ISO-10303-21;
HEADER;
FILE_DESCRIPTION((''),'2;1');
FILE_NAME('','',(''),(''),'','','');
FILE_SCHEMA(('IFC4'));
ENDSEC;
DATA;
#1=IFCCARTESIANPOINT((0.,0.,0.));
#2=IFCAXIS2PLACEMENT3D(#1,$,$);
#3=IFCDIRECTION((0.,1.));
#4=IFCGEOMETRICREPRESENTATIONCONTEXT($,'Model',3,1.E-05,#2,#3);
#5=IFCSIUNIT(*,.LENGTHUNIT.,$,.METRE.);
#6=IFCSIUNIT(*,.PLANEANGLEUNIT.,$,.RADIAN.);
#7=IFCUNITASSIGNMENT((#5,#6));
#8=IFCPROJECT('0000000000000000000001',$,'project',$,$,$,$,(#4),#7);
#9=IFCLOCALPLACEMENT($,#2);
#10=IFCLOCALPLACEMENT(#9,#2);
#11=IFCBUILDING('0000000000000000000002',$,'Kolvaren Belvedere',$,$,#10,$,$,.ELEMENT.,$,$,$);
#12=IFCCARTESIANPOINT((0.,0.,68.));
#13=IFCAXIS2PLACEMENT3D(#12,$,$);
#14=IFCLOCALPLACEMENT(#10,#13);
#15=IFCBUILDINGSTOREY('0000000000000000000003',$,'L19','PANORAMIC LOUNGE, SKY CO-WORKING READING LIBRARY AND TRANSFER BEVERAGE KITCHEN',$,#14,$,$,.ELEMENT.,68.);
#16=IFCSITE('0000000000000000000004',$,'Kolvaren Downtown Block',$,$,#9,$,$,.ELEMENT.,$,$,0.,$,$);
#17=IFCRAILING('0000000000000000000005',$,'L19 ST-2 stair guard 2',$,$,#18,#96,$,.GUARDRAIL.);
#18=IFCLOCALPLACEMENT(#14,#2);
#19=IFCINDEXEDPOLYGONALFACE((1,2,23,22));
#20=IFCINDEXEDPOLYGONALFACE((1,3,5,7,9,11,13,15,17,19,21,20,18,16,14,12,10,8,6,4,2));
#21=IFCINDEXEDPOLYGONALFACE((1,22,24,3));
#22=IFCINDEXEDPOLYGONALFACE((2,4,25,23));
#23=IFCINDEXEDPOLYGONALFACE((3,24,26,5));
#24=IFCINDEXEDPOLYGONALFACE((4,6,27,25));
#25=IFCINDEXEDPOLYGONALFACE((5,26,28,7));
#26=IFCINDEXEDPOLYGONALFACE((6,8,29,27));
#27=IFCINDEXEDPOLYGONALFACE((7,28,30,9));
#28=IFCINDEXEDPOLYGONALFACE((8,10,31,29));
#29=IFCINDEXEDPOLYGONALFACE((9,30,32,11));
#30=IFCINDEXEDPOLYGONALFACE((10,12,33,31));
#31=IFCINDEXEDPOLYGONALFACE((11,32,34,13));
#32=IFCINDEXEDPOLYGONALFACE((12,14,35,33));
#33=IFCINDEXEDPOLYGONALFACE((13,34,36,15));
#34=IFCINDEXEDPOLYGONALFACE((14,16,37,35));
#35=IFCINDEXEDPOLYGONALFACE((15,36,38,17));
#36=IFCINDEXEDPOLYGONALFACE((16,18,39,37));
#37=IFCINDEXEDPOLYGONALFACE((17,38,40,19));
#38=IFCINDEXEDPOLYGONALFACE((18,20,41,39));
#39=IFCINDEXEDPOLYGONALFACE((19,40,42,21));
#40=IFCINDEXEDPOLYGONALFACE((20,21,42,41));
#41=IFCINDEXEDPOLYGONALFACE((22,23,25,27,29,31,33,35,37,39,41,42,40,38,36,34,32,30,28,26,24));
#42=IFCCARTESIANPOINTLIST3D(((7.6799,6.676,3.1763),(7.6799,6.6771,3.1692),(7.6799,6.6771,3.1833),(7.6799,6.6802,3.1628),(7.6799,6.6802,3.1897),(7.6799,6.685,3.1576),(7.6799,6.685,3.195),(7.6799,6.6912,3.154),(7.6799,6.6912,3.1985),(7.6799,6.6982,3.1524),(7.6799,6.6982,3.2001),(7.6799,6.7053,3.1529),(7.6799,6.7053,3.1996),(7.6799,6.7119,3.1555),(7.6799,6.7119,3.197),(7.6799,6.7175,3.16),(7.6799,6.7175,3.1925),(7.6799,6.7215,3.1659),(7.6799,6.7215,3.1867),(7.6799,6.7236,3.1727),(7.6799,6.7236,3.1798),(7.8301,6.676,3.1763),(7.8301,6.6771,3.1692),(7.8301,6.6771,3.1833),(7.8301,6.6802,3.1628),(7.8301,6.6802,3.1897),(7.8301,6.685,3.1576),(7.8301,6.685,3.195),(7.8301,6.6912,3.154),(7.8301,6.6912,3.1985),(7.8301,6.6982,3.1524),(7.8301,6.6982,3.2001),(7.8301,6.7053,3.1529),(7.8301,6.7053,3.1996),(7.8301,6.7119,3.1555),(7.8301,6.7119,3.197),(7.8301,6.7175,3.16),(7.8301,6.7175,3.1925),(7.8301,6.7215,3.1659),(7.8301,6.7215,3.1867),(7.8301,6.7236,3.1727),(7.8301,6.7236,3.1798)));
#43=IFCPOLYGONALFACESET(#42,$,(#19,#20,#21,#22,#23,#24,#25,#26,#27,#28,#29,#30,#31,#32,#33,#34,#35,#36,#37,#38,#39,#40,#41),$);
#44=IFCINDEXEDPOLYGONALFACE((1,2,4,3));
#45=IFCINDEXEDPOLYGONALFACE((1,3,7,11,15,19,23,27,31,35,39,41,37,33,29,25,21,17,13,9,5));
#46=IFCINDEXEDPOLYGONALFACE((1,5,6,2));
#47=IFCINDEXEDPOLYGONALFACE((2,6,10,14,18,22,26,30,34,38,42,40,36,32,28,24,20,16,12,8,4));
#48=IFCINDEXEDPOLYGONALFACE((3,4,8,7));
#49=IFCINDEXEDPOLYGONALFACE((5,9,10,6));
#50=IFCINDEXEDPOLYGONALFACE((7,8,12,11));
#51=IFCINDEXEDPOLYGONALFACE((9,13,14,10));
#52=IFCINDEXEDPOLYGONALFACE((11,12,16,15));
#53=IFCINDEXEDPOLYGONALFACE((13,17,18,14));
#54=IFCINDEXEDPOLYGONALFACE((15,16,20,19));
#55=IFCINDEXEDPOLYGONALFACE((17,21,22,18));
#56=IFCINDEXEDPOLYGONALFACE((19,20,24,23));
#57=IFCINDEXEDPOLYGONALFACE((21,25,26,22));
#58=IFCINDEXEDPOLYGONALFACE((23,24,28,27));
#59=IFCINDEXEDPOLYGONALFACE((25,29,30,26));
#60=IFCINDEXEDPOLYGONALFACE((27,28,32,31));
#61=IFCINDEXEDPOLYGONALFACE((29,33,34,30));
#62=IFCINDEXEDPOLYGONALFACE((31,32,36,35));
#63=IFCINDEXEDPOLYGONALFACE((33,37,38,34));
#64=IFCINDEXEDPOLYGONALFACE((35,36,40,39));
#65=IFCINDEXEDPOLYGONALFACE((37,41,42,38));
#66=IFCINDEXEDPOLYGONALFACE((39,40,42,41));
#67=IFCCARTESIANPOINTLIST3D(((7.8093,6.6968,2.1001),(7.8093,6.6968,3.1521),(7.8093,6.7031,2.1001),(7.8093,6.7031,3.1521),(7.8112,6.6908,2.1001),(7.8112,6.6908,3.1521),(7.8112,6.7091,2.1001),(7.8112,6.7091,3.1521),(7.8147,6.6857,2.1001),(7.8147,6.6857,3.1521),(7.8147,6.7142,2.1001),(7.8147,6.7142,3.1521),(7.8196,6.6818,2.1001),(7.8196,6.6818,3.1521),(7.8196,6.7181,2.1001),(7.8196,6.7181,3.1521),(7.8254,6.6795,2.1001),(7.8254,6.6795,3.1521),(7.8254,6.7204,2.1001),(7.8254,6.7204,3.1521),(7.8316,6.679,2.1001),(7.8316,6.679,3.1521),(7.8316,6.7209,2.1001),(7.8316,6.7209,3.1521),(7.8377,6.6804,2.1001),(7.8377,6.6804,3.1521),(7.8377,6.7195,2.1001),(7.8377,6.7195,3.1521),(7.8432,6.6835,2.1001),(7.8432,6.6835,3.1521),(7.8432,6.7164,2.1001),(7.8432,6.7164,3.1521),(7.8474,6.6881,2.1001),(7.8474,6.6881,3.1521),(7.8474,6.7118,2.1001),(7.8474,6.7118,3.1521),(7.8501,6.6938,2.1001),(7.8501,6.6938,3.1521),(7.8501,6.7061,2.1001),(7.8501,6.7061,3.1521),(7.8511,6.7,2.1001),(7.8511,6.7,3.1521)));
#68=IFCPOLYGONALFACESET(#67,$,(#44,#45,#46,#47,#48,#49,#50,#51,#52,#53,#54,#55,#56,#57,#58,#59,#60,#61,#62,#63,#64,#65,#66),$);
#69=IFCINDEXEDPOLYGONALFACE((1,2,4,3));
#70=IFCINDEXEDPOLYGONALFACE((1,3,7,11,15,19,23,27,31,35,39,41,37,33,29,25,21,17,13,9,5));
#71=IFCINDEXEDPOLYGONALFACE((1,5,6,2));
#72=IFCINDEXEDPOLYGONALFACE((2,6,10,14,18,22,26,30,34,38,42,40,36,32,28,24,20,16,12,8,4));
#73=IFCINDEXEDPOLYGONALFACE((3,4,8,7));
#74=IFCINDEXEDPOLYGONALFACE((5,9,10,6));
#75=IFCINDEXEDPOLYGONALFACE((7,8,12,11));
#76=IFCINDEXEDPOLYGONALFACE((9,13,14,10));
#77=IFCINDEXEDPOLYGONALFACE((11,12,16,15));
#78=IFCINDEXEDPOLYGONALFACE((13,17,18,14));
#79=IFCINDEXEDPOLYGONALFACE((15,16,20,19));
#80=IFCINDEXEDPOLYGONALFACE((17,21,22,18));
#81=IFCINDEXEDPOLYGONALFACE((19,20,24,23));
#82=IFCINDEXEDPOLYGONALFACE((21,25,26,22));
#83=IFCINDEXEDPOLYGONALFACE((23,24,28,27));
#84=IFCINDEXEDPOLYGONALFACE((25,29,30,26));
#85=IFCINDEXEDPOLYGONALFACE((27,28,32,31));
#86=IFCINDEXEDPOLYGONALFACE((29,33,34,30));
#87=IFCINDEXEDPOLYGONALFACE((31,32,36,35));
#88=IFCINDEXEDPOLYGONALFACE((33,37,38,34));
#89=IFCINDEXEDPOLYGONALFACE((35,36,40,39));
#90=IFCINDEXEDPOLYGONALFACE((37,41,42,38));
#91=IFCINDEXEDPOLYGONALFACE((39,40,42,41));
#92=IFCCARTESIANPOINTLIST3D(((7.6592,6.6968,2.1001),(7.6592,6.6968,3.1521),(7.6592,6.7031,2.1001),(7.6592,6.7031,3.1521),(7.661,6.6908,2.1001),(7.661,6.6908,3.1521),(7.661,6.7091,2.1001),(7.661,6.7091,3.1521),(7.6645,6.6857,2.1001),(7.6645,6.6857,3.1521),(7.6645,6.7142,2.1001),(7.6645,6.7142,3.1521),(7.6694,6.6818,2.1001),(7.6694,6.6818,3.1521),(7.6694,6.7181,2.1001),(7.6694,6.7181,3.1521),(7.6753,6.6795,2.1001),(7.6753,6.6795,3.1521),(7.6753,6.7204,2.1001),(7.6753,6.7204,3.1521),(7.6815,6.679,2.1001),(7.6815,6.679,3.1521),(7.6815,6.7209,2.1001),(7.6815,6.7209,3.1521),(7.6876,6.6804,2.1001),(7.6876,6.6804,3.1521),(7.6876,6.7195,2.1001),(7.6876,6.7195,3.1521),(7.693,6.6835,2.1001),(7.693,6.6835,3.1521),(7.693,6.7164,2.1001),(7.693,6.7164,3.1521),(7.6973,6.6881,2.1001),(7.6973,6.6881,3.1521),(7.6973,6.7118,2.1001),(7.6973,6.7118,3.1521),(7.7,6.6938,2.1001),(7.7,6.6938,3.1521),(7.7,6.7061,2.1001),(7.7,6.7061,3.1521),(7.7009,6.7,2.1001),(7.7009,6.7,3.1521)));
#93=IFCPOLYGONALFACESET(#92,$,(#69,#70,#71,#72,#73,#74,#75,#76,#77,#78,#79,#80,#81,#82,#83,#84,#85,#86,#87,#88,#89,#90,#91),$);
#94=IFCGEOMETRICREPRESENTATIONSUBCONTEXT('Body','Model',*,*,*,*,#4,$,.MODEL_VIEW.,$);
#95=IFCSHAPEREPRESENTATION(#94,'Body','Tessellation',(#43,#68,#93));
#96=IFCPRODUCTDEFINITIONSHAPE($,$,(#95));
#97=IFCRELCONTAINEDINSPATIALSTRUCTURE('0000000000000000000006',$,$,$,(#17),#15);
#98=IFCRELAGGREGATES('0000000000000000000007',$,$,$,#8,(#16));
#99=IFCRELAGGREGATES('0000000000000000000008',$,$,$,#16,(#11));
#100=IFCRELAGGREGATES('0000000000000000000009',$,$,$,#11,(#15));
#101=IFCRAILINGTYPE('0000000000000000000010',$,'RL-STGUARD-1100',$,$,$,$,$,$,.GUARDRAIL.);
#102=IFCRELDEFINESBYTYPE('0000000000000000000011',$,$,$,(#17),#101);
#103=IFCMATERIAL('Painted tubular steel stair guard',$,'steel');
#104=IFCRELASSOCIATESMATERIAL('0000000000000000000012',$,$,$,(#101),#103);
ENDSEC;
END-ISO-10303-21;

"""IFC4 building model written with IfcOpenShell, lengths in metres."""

from ifc_helpers import new_model, si_unit, direction, frame, origin, origin_2d, place, context, subcontext, project, spatial, circle, extrude, material, type_object, element, save


model = new_model("IFC4")

# Units and contexts
model_context = context("Model", 3, precision=1e-05, world=origin(), true_north=direction((0.0, 1.0)))
body_context = subcontext(model_context, "Body", "Model", "MODEL_VIEW")
ifc_project = project(units=[si_unit("LENGTHUNIT", "METRE"), si_unit("PLANEANGLEUNIT", "RADIAN")], contexts=[model_context])

# Site, building, storey
site_placement = place(None, origin())
site = spatial("IfcSite", under=ifc_project, at=site_placement, Name="Kolvaren Downtown Block", CompositionType="ELEMENT", RefElevation=0.0)
building_placement = place(site_placement, origin())
building = spatial("IfcBuilding", under=site, at=building_placement, Name="Kolvaren Belvedere", CompositionType="ELEMENT")
storey_placement = place(building_placement, frame((0.0, 0.0, 68.0)))
storey = spatial("IfcBuildingStorey", under=building, at=storey_placement, Name="L19", Description="PANORAMIC LOUNGE, SKY CO-WORKING READING LIBRARY AND TRANSFER BEVERAGE KITCHEN", CompositionType="ELEMENT", Elevation=68.0)

# Railing
ifc_material_1 = material(Name="Painted tubular steel stair guard", Category="steel")
railing_type_1 = type_object("IfcRailingType", Name="RL-STGUARD-1100", PredefinedType="GUARDRAIL", material=ifc_material_1)
railing_1_placement = place(storey_placement, frame((7.8301, 6.7, 2.1001)))
element("IfcRailing", 1, at=railing_1_placement, inside=storey, type_object=railing_type_1, Name="L19 ST-2 stair guard 2", PredefinedType="GUARDRAIL", context=body_context, shape_type="SweptSolid", body=[
    extrude(circle(Radius=0.0239, at=origin_2d()), frame((0.0, 0.0, 1.0762), z_axis=(-1.0, 0.0, 0.0), x_axis=(0.0, -1.0, 0.0)), (0.0, 0.0, 1.0), 0.1501),
    extrude(circle(Radius=0.021, at=origin_2d()), origin(), (0.0, 0.0, 1.0), 1.052),
    extrude(circle(Radius=0.021, at=origin_2d()), frame((-0.1501, 0.0, 0.0)), (0.0, 0.0, 1.0), 1.052),
])

save(model, "model.ifc")
